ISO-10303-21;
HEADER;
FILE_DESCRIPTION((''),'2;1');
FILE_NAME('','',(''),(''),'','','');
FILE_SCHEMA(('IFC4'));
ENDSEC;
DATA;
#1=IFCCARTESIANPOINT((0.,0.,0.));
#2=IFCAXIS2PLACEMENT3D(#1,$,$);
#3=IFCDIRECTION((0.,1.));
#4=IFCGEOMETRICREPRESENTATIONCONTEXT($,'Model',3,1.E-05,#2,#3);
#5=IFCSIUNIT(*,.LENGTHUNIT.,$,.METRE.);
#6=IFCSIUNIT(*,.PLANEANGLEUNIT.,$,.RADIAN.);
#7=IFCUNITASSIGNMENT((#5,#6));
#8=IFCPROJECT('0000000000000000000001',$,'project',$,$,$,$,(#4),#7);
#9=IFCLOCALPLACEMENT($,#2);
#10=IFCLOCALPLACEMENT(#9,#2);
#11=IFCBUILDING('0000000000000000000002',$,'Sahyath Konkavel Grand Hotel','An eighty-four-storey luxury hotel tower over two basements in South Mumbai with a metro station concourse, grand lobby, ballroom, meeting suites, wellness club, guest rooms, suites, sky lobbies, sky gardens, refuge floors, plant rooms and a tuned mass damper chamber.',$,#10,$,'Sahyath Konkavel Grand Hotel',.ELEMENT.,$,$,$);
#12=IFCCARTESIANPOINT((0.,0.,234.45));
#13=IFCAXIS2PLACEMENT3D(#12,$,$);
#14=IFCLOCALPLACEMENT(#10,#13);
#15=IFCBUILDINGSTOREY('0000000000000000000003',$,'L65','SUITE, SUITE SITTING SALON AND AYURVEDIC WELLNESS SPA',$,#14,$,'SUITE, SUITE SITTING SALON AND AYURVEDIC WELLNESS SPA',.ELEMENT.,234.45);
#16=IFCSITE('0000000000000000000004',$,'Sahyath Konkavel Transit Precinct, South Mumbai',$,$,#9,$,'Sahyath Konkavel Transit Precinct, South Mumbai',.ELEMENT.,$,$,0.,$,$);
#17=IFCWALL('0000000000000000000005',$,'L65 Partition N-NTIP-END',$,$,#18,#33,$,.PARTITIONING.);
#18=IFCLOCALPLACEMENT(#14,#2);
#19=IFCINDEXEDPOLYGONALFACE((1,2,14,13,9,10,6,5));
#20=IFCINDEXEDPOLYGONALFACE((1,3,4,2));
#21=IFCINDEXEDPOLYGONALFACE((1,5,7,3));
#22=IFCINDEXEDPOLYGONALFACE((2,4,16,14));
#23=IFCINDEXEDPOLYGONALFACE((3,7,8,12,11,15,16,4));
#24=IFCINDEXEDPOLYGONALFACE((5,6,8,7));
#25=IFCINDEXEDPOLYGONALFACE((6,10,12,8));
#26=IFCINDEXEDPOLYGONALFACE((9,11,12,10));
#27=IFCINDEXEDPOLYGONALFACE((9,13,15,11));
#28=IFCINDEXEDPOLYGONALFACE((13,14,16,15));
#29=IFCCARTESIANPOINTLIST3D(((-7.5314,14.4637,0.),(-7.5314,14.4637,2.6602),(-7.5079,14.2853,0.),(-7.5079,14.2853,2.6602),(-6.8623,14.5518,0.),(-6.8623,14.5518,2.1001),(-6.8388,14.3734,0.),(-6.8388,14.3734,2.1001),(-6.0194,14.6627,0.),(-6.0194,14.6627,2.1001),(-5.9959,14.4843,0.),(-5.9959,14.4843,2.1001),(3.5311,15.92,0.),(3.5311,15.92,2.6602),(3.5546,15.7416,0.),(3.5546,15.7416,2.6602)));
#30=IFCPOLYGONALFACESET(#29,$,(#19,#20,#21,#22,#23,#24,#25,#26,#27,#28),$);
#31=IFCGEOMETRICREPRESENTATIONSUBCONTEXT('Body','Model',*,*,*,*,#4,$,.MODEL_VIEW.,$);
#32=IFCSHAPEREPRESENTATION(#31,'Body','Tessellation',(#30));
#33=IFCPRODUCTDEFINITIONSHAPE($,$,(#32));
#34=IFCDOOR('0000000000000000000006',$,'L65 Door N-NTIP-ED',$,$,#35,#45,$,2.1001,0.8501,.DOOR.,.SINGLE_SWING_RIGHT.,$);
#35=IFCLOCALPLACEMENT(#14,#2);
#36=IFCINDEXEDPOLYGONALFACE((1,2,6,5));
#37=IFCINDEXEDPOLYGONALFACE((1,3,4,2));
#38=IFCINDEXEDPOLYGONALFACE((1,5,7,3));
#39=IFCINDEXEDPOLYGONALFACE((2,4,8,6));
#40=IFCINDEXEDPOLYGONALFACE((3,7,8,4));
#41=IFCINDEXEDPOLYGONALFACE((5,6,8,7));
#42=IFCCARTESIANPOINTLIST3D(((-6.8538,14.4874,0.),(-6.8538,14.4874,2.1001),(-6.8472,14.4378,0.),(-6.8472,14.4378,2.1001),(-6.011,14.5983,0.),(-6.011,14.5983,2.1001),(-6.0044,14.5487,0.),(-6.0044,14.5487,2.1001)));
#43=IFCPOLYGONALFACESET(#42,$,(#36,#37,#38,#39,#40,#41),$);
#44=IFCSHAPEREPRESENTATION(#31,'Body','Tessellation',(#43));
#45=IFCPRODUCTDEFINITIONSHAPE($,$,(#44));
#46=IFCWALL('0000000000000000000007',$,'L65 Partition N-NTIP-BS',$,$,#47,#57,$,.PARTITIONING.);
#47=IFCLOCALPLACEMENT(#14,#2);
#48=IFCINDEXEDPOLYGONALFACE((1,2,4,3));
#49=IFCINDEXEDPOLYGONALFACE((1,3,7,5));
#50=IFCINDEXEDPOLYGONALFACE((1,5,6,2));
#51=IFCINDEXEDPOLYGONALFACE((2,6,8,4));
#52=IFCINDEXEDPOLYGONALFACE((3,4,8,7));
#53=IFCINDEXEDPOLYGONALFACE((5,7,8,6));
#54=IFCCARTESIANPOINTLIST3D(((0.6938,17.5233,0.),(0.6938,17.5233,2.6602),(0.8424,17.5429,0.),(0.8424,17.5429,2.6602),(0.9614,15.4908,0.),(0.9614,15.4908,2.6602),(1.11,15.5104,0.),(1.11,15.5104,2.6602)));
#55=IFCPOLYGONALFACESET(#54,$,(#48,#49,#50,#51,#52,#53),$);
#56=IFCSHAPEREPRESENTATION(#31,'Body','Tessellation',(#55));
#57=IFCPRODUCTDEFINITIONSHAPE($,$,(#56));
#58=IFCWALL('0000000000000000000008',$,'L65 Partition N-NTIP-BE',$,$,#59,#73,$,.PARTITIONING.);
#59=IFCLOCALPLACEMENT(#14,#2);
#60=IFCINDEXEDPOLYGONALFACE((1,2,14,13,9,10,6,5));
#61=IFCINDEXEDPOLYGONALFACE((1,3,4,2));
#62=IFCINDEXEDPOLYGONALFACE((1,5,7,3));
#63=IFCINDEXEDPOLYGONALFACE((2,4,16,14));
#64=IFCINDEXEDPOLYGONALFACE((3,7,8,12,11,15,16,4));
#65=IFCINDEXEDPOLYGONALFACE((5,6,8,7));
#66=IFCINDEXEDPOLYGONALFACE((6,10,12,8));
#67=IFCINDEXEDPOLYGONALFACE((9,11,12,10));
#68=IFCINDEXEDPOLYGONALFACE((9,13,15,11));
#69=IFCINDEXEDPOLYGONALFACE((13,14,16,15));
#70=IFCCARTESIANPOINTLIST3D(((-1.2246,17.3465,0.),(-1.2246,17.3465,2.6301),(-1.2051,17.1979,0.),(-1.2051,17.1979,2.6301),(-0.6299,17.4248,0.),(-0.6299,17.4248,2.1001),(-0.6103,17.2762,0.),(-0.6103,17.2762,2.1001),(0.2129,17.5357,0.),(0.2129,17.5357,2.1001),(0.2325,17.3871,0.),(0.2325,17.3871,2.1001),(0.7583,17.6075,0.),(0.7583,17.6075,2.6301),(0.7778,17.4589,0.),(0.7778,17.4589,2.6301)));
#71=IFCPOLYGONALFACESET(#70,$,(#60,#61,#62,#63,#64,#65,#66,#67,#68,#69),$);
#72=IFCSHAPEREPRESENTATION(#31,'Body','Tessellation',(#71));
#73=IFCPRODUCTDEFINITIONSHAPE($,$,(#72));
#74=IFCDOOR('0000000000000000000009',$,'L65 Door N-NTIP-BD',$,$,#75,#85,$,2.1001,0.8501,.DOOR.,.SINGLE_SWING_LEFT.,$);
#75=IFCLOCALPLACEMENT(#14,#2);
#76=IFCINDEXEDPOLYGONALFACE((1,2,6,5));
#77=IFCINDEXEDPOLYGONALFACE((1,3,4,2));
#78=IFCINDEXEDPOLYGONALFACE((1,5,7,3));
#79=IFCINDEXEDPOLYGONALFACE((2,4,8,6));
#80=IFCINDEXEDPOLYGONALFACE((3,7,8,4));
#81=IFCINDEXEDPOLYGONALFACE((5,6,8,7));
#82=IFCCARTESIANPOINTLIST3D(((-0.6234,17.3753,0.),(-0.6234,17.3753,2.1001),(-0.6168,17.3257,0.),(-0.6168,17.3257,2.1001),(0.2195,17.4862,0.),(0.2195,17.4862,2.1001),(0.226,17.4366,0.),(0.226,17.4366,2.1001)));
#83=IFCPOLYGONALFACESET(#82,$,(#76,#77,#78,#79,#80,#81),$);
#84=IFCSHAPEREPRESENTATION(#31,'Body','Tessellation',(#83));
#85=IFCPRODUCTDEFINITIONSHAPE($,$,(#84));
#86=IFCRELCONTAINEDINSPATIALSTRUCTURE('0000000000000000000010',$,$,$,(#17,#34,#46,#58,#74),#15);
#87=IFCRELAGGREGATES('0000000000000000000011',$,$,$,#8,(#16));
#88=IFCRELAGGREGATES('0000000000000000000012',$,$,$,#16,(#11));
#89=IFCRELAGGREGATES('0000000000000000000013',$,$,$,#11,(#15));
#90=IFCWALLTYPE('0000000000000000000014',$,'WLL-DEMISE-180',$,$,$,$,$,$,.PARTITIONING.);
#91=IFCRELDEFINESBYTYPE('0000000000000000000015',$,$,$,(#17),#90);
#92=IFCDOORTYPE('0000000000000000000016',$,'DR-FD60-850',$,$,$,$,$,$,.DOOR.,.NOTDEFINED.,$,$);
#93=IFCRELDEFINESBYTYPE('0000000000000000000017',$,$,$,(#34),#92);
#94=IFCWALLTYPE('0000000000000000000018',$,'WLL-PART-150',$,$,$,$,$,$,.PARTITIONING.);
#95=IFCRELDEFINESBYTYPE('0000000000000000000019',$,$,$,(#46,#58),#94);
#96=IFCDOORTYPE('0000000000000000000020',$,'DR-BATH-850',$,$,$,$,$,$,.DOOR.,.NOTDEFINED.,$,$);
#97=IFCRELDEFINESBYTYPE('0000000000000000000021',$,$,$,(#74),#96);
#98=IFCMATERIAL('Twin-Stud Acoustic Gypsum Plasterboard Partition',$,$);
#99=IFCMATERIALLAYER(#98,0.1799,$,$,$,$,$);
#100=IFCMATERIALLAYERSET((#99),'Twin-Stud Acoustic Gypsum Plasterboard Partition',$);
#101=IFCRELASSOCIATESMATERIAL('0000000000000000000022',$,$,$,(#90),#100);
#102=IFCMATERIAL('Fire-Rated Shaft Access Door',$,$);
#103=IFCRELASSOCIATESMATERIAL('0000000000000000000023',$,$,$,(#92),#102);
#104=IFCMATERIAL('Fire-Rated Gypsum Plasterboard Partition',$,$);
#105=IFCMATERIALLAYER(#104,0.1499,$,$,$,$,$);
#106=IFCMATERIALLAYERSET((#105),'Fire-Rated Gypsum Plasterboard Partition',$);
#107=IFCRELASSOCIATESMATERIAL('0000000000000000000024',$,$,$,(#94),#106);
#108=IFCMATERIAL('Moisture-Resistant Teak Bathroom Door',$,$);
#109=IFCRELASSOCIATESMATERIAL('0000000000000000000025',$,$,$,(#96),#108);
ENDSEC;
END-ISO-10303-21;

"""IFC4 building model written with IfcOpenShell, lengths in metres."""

from ifc_helpers import new_model, si_unit, direction, frame, frame_2d, origin, origin_2d, place, context, subcontext, project, spatial, rectangle, extrude, source, transform, mapped, material, layer, layer_set, type_object, element, fill, save


model = new_model("IFC4")

# Units and contexts
model_context = context("Model", 3, precision=1e-05, world=origin(), true_north=direction((0.0, 1.0)))
body_context = subcontext(model_context, "Body", "Model", "MODEL_VIEW")
ifc_project = project(units=[si_unit("LENGTHUNIT", "METRE"), si_unit("PLANEANGLEUNIT", "RADIAN")], contexts=[model_context])

# Site, building, storey
site_placement = place(None, origin())
site = spatial("IfcSite", under=ifc_project, at=site_placement, Name="Sahyath Konkavel Transit Precinct, South Mumbai", LongName="Sahyath Konkavel Transit Precinct, South Mumbai", CompositionType="ELEMENT", RefElevation=0.0)
building_placement = place(site_placement, origin())
building = spatial("IfcBuilding", under=site, at=building_placement, Name="Sahyath Konkavel Grand Hotel", Description="An eighty-four-storey luxury hotel tower over two basements in South Mumbai with a metro station concourse, grand lobby, ballroom, meeting suites, wellness club, guest rooms, suites, sky lobbies, sky gardens, refuge floors, plant rooms and a tuned mass damper chamber.", LongName="Sahyath Konkavel Grand Hotel", CompositionType="ELEMENT")
storey_placement = place(building_placement, frame((0.0, 0.0, 234.45)))
storey = spatial("IfcBuildingStorey", under=building, at=storey_placement, Name="L65", Description="SUITE, SUITE SITTING SALON AND AYURVEDIC WELLNESS SPA", LongName="SUITE, SUITE SITTING SALON AND AYURVEDIC WELLNESS SPA", CompositionType="ELEMENT", Elevation=234.45)

# Wall, opening, door
ifc_material_1 = material(Name="Twin-Stud Acoustic Gypsum Plasterboard Partition")
ifc_layer_1 = layer(ifc_material_1, 0.1799)
ifc_layer_set_1 = layer_set([ifc_layer_1], Name="Twin-Stud Acoustic Gypsum Plasterboard Partition")
wall_type_1 = type_object("IfcWallType", Name="WLL-DEMISE-180", PredefinedType="PARTITIONING", material=ifc_layer_set_1)
wall_1_placement = place(storey_placement, frame((3.543, 15.8308, 0.0), z_axis=(0.0, 0.0, 1.0), x_axis=(-0.991446, -0.130517, 0.0)))
wall_1 = element("IfcWall", 1, at=wall_1_placement, inside=storey, type_object=wall_type_1, Name="L65 Partition N-NTIP-END", PredefinedType="PARTITIONING", context=body_context, shape_type="SweptSolid", body=[
    extrude(rectangle(XDim=11.158, YDim=0.1799, at=frame_2d((5.5791, 0.0))), origin(), (0.0, 0.0, 1.0), 2.6602),
])
opening_1_placement = place(wall_1_placement, frame((9.6331, 0.0, 0.0)))
opening_1 = element("IfcOpeningElement", 2, at=opening_1_placement, cuts=wall_1, PredefinedType="OPENING", context=body_context, shape_type="SweptSolid", body=[
    extrude(rectangle(XDim=0.8501, YDim=2.1001, at=frame_2d((0.425, 1.05))), frame((0.0, 0.1001, 0.0), z_axis=(0.0, -1.0, 0.0), x_axis=(1.0, 0.0, 0.0)), (0.0, 0.0, 1.0), 0.2),
])
ifc_material_2 = material(Name="Fire-Rated Shaft Access Door")
door_type_1 = type_object("IfcDoorType", Name="DR-FD60-850", OperationType="NOTDEFINED", PredefinedType="DOOR", material=ifc_material_2)
shared_shape_1 = source(origin(), body_context, "Body", "SweptSolid", [
    extrude(rectangle(XDim=0.8501, YDim=0.05, at=origin_2d()), origin(), (0.0, 0.0, 1.0), 2.1001),
])
door_1_placement = place(opening_1_placement, frame((0.425, 0.0, 0.0)))
door_1 = element("IfcDoor", 3, at=door_1_placement, inside=storey, type_object=door_type_1, Name="L65 Door N-NTIP-ED", OperationType="SINGLE_SWING_RIGHT", OverallHeight=2.1001, OverallWidth=0.8501, PredefinedType="DOOR", context=body_context, shape_type="MappedRepresentation", body=[
    mapped(shared_shape_1, transform((0.0, 0.0, 0.0), scale=1.0)),
])
fill(opening_1, door_1)

# Wall
ifc_material_3 = material(Name="Fire-Rated Gypsum Plasterboard Partition")
ifc_layer_2 = layer(ifc_material_3, 0.1499)
ifc_layer_set_2 = layer_set([ifc_layer_2], Name="Fire-Rated Gypsum Plasterboard Partition")
wall_type_2 = type_object("IfcWallType", Name="WLL-PART-150", PredefinedType="PARTITIONING", material=ifc_layer_set_2)
wall_2_placement = place(storey_placement, frame((1.0356, 15.5007, 0.0), z_axis=(0.0, 0.0, 1.0), x_axis=(-0.130525, 0.991445, 0.0)))
element("IfcWall", 4, at=wall_2_placement, inside=storey, type_object=wall_type_2, Name="L65 Partition N-NTIP-BS", PredefinedType="PARTITIONING", context=body_context, shape_type="SweptSolid", body=[
    extrude(rectangle(XDim=2.05, YDim=0.1499, at=frame_2d((1.0249, 0.0))), origin(), (0.0, 0.0, 1.0), 2.6602),
])

# Wall, opening, door
wall_3_placement = place(storey_placement, frame((0.7681, 17.5332, 0.0), z_axis=(0.0, 0.0, 1.0), x_axis=(-0.991449, -0.130492, 0.0)))
wall_3 = element("IfcWall", 5, at=wall_3_placement, inside=storey, type_object=wall_type_2, Name="L65 Partition N-NTIP-BE", PredefinedType="PARTITIONING", context=body_context, shape_type="SweptSolid", body=[
    extrude(rectangle(XDim=2.0, YDim=0.1499, at=frame_2d((1.0, 0.0))), origin(), (0.0, 0.0, 1.0), 2.6301),
])
opening_2_placement = place(wall_3_placement, frame((0.55, 0.0, 0.0)))
opening_2 = element("IfcOpeningElement", 6, at=opening_2_placement, cuts=wall_3, PredefinedType="OPENING", context=body_context, shape_type="SweptSolid", body=[
    extrude(rectangle(XDim=0.8501, YDim=2.1001, at=frame_2d((0.425, 1.05))), frame((0.0, 0.085, 0.0), z_axis=(0.0, -1.0, 0.0), x_axis=(1.0, 0.0, 0.0)), (0.0, 0.0, 1.0), 0.1699),
])
ifc_material_4 = material(Name="Moisture-Resistant Teak Bathroom Door")
door_type_2 = type_object("IfcDoorType", Name="DR-BATH-850", OperationType="NOTDEFINED", PredefinedType="DOOR", material=ifc_material_4)
door_2_placement = place(opening_2_placement, frame((0.425, 0.0, 0.0)))
door_2 = element("IfcDoor", 7, at=door_2_placement, inside=storey, type_object=door_type_2, Name="L65 Door N-NTIP-BD", OperationType="SINGLE_SWING_LEFT", OverallHeight=2.1001, OverallWidth=0.8501, PredefinedType="DOOR", context=body_context, shape_type="MappedRepresentation", body=[
    mapped(shared_shape_1, transform((0.0, 0.0, 0.0), scale=1.0)),
])
fill(opening_2, door_2)

save(model, "model.ifc")
